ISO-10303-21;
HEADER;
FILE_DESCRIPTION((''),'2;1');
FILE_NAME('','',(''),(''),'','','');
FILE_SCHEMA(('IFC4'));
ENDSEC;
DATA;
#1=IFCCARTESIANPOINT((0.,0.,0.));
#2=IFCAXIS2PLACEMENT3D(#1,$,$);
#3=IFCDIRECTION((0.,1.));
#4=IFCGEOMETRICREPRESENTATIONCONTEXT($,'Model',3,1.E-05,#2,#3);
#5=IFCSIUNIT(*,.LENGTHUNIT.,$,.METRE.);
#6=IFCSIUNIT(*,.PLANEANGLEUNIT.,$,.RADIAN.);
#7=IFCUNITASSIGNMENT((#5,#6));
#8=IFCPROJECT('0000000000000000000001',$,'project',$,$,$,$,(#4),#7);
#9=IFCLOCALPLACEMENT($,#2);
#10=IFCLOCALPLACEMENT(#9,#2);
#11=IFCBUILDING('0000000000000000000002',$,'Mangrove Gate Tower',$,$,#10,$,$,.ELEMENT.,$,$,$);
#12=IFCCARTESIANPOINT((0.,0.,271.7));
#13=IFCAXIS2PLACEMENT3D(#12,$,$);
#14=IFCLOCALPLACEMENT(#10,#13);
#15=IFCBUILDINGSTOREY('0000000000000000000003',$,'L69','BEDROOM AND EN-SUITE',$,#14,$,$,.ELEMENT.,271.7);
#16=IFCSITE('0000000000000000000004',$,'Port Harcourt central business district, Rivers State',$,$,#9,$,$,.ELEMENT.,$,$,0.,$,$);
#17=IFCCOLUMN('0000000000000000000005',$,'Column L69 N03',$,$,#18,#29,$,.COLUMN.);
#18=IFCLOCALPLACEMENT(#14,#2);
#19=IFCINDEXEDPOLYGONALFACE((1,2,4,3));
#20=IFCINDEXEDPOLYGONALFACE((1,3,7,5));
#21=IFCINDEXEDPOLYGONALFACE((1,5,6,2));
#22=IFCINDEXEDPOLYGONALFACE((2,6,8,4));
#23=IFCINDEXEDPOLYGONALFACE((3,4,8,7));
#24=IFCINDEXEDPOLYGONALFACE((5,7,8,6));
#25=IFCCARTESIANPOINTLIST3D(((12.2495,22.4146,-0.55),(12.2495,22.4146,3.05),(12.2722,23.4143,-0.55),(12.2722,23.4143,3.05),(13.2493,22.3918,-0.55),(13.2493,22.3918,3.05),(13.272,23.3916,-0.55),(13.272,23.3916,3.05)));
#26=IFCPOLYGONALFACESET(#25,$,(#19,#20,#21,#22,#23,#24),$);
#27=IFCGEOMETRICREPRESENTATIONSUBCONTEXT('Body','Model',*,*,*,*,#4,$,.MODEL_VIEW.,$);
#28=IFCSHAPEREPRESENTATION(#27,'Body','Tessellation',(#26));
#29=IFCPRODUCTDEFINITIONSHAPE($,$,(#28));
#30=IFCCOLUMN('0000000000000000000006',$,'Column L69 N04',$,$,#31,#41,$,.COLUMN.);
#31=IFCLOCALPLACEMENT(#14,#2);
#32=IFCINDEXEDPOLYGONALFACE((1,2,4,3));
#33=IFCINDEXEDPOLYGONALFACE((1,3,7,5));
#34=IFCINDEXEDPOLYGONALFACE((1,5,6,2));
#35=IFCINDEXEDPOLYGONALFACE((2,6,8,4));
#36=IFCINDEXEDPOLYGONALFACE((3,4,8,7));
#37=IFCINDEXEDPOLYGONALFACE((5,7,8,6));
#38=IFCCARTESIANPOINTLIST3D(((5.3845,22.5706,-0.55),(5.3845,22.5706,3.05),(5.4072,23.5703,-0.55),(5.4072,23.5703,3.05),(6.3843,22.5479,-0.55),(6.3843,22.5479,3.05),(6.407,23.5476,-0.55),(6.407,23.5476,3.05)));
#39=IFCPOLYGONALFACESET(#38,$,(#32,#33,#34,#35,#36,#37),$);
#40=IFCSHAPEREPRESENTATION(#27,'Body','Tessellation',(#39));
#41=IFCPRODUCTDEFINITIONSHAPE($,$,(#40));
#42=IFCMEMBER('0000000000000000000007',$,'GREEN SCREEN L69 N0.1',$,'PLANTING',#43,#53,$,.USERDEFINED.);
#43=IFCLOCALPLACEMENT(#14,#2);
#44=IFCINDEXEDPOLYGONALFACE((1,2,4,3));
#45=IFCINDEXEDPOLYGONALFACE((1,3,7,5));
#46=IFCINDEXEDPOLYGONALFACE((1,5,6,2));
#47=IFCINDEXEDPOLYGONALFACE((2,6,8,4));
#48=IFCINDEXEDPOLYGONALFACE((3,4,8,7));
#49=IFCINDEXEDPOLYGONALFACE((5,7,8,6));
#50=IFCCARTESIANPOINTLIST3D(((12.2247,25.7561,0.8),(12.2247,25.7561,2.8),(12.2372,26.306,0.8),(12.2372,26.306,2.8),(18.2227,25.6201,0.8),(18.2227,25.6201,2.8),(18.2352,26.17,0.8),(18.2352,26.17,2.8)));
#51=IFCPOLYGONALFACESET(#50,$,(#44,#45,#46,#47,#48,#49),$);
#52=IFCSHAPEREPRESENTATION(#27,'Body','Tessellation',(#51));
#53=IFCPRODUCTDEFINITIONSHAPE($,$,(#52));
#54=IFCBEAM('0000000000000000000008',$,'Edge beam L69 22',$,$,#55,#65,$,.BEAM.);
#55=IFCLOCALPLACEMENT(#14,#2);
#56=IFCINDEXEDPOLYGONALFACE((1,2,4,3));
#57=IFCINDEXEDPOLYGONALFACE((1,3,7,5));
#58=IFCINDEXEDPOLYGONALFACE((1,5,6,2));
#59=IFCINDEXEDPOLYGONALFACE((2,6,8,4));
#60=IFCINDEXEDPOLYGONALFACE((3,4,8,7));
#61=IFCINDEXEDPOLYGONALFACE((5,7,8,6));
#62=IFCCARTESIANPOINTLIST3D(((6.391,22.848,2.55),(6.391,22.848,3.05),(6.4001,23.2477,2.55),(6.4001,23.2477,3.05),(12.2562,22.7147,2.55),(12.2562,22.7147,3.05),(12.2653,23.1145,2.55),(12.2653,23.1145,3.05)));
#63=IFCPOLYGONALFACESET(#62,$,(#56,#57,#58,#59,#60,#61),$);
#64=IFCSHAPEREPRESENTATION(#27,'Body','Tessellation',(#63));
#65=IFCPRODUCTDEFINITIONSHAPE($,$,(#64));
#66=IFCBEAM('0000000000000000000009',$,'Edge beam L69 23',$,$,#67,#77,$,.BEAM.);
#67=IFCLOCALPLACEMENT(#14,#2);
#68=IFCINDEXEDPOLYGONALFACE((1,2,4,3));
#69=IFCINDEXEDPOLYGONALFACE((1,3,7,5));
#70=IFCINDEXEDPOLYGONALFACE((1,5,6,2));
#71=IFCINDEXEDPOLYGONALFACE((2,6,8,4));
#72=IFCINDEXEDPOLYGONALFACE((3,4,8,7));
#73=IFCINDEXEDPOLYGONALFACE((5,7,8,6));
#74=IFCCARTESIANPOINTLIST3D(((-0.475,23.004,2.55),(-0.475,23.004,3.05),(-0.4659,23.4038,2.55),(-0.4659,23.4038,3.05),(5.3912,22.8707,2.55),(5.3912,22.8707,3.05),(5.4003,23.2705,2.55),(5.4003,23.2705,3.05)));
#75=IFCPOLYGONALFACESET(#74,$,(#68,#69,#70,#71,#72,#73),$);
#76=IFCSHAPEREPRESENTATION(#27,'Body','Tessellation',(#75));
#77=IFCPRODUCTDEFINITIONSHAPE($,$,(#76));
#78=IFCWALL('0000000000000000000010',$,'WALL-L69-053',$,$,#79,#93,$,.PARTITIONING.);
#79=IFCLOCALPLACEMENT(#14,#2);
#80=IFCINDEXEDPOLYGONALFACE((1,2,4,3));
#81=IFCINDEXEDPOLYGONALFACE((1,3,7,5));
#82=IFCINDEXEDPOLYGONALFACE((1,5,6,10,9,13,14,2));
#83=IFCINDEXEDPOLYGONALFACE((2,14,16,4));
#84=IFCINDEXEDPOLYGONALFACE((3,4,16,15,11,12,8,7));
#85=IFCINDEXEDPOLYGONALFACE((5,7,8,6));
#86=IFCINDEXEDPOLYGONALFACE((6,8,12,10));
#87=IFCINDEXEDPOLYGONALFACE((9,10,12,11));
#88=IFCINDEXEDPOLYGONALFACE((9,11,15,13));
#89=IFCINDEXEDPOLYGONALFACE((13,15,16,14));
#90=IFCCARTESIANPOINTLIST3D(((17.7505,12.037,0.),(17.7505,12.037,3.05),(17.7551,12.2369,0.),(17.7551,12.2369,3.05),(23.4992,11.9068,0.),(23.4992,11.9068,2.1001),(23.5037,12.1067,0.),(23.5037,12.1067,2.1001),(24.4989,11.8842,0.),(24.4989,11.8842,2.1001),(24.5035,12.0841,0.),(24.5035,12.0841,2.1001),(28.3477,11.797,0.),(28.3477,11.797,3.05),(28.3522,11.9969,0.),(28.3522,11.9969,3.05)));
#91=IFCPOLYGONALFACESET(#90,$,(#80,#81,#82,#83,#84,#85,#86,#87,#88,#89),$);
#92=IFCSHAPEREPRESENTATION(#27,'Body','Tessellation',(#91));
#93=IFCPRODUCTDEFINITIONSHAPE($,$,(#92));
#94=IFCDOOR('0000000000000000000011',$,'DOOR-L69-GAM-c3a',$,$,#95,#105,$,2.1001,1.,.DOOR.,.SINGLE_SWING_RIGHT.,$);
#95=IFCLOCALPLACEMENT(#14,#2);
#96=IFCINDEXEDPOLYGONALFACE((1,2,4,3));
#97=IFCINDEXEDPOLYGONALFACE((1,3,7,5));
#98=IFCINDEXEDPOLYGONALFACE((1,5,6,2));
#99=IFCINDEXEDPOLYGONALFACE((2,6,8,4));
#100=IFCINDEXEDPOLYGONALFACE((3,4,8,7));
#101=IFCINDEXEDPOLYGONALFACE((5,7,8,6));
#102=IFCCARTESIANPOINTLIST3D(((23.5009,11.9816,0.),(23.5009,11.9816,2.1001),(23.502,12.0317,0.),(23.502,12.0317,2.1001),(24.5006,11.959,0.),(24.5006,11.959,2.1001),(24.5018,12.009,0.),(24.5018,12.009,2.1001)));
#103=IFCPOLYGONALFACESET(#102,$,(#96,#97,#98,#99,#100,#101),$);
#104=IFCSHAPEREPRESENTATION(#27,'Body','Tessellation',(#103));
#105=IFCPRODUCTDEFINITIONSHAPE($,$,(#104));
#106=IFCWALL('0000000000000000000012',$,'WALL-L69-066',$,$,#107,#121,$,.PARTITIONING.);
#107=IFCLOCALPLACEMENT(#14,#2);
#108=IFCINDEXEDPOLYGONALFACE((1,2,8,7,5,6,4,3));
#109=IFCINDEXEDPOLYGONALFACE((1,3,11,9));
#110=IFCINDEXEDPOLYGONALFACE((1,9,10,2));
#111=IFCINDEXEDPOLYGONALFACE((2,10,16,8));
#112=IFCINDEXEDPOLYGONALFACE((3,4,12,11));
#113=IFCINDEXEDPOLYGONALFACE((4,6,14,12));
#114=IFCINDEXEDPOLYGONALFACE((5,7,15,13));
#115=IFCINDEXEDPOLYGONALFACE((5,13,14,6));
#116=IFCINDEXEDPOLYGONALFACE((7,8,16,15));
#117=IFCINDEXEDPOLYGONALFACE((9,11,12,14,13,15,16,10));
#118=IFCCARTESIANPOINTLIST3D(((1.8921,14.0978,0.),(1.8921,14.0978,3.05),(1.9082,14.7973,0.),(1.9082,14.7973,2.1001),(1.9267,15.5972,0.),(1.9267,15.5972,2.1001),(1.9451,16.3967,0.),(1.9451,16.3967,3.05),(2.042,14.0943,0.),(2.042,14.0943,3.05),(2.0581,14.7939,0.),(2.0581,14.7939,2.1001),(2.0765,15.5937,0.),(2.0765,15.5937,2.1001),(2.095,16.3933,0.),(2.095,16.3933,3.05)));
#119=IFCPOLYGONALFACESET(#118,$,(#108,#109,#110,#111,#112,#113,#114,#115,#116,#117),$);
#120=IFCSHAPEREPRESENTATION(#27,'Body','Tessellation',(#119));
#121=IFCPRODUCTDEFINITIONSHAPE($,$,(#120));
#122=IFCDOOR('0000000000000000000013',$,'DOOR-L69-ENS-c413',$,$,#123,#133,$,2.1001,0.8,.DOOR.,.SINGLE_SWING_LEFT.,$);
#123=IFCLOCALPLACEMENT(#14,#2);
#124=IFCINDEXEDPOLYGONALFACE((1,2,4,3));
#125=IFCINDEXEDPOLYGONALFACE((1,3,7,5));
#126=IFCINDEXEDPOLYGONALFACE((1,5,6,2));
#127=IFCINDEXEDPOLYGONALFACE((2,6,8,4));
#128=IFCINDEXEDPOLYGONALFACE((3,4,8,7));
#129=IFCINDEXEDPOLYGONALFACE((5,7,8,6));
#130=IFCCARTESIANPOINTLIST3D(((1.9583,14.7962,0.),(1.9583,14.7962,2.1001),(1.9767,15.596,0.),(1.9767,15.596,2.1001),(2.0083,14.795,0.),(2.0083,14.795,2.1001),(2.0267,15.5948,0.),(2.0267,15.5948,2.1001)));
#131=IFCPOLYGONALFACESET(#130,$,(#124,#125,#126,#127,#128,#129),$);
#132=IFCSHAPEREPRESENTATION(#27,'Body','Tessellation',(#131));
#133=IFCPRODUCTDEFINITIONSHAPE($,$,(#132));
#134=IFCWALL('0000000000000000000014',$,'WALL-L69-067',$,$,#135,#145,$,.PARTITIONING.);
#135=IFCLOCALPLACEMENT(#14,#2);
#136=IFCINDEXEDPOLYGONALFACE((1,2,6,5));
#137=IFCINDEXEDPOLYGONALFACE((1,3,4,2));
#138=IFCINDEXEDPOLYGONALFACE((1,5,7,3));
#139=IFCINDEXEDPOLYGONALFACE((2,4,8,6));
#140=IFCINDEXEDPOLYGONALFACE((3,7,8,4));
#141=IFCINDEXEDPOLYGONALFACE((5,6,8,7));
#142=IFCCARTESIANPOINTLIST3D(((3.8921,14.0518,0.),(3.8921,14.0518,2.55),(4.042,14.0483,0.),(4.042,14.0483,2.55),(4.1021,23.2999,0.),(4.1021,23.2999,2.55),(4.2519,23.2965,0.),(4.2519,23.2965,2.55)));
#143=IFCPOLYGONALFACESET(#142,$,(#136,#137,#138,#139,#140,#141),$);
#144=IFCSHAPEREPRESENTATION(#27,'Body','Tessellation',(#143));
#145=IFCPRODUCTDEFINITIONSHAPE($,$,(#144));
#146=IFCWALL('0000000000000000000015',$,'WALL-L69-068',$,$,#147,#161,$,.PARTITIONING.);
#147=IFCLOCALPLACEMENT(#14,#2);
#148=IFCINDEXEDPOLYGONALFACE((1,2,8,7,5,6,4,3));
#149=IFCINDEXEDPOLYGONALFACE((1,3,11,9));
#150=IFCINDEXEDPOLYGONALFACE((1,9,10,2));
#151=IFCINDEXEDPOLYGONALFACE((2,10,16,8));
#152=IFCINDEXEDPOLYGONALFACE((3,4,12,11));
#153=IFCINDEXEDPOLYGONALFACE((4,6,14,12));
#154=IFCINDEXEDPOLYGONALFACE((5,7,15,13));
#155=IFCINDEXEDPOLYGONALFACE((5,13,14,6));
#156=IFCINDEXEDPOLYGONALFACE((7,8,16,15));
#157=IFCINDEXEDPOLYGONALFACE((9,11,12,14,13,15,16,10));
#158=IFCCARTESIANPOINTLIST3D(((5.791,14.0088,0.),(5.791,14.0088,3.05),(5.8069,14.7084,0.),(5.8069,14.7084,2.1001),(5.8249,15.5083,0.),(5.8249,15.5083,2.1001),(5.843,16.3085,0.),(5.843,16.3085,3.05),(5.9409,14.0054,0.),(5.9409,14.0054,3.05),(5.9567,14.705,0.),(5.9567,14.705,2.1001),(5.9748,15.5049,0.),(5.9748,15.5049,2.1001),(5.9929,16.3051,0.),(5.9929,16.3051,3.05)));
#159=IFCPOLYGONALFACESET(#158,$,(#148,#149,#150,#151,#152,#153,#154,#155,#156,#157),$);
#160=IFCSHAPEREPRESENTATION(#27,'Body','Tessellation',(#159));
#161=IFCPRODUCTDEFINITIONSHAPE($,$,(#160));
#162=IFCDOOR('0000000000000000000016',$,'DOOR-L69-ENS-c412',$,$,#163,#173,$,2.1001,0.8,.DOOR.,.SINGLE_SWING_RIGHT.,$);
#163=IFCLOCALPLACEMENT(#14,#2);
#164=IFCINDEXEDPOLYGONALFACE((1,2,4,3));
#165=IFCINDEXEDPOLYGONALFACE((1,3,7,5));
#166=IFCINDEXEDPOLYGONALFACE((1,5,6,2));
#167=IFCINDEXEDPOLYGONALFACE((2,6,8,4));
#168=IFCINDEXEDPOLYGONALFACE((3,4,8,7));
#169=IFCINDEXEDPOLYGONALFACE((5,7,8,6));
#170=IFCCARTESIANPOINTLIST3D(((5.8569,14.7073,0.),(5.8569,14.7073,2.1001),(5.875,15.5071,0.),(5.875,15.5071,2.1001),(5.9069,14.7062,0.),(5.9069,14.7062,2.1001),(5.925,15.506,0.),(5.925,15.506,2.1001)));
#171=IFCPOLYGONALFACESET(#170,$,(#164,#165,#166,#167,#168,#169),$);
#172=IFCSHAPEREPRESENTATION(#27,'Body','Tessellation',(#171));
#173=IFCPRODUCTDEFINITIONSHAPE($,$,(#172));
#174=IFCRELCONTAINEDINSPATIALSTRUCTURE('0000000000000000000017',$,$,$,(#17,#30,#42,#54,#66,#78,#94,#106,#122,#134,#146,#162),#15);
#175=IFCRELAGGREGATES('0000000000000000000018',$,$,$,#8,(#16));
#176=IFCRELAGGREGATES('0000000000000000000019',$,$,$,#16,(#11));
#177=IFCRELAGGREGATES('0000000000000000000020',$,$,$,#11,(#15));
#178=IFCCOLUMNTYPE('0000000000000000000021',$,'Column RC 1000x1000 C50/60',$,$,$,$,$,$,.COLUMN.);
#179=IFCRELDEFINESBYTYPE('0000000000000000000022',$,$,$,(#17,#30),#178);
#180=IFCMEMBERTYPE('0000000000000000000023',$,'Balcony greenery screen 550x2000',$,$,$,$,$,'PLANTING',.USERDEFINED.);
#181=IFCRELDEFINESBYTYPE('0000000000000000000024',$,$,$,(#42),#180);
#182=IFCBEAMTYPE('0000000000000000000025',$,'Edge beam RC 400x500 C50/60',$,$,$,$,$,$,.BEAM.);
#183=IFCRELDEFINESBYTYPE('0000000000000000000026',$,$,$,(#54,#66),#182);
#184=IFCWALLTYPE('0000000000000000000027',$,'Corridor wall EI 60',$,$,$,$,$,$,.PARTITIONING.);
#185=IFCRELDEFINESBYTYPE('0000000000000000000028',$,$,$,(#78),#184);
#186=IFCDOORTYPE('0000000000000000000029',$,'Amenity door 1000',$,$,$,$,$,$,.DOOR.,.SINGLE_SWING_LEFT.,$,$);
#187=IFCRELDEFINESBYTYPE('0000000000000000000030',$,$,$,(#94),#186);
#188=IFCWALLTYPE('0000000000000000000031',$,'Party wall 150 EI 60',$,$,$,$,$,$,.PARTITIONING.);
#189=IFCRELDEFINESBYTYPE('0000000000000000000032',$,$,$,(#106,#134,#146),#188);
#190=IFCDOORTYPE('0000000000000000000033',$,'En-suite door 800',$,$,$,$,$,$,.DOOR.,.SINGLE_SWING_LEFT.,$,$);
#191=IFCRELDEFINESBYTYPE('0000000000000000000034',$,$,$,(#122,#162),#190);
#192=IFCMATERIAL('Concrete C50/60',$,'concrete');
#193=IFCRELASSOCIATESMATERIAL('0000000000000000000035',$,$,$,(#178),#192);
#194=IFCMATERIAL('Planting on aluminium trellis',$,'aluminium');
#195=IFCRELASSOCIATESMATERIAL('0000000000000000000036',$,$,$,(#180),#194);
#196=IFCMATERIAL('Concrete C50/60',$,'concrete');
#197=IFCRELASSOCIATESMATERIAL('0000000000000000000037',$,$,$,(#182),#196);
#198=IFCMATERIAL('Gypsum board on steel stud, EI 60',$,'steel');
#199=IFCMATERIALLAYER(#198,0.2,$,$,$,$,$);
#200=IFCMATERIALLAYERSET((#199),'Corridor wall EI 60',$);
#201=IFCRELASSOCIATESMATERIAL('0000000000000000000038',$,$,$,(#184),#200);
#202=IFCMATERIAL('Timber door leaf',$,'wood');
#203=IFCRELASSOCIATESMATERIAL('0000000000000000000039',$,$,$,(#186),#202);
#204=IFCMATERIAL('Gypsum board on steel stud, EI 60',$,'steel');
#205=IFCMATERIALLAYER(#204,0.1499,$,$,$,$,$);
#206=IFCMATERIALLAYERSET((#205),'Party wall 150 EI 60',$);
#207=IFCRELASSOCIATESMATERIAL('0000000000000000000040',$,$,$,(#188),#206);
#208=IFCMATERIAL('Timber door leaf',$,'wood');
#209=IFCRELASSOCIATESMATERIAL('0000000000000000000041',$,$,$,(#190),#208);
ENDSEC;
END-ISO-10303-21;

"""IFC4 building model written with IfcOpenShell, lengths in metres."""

from ifc_helpers import new_model, si_unit, direction, frame, frame_2d, origin, origin_2d, place, context, subcontext, project, spatial, rectangle, extrude, material, layer, layer_set, material_profile, profile_set, type_object, element, fill, save


model = new_model("IFC4")

# Units and contexts
model_context = context("Model", 3, precision=1e-05, world=origin(), true_north=direction((0.0, 1.0)))
body_context = subcontext(model_context, "Body", "Model", "MODEL_VIEW")
ifc_project = project(units=[si_unit("LENGTHUNIT", "METRE"), si_unit("PLANEANGLEUNIT", "RADIAN")], contexts=[model_context])

# Site, building, storey
site_placement = place(None, origin())
site = spatial("IfcSite", under=ifc_project, at=site_placement, Name="Port Harcourt central business district, Rivers State", CompositionType="ELEMENT", RefElevation=0.0)
building_placement = place(site_placement, origin())
building = spatial("IfcBuilding", under=site, at=building_placement, Name="Mangrove Gate Tower", CompositionType="ELEMENT")
storey_placement = place(building_placement, frame((0.0, 0.0, 271.7)))
storey = spatial("IfcBuildingStorey", under=building, at=storey_placement, Name="L69", Description="BEDROOM AND EN-SUITE", CompositionType="ELEMENT", Elevation=271.7)

# Columns
ifc_material_1 = material(Name="Concrete C50/60", Category="concrete")
ifc_material_profile_1 = material_profile(ifc_material_1, rectangle(XDim=1.0, YDim=1.0, at=origin_2d()))
ifc_profile_set_1 = profile_set([ifc_material_profile_1], Name="Concrete C50/60")
column_type = type_object("IfcColumnType", Name="Column RC 1000x1000 C50/60", PredefinedType="COLUMN", material=ifc_profile_set_1)
for number, where, z_axis, x_axis, name in (
    (1, (12.7607, 22.9031, -0.55), (0.0, 0.0, 1.0), (-0.999742, 0.022716, 0.0), "Column L69 N03"),
    (2, (5.8958, 23.0591, -0.55), (0.0, 0.0, 1.0), (-0.999742, 0.022716, 0.0), "Column L69 N04"),
):
    element("IfcColumn", number, at=place(storey_placement, frame(where, z_axis=z_axis, x_axis=x_axis)), inside=storey, type_object=column_type, Name=name, PredefinedType="COLUMN", context=body_context, shape_type="SweptSolid", body=[
        extrude(rectangle(XDim=1.0, YDim=1.0, at=origin_2d()), origin(), (0.0, 0.0, 1.0), 3.6001),
    ])

# Member
ifc_material_2 = material(Name="Planting on aluminium trellis", Category="aluminium")
ifc_material_profile_2 = material_profile(ifc_material_2, rectangle(XDim=0.55, YDim=2.0, at=origin_2d()))
ifc_profile_set_2 = profile_set([ifc_material_profile_2], Name="Planting on aluminium trellis")
member_type = type_object("IfcMemberType", Name="Balcony greenery screen 550x2000", ElementType="PLANTING", PredefinedType="USERDEFINED", material=ifc_profile_set_2)
member_placement = place(storey_placement, frame((12.231, 26.031, 1.8), z_axis=(0.999743, -0.022666, 0.0), x_axis=(0.022666, 0.999743, 0.0)))
element("IfcMember", 3, at=member_placement, inside=storey, type_object=member_type, Name="GREEN SCREEN L69 N0.1", ObjectType="PLANTING", PredefinedType="USERDEFINED", context=body_context, shape_type="SweptSolid", body=[
    extrude(rectangle(XDim=0.55, YDim=2.0, at=origin_2d()), origin(), (0.0, 0.0, 1.0), 5.9995),
])

# Beams
ifc_material_3 = material(Name="Concrete C50/60", Category="concrete")
ifc_material_profile_3 = material_profile(ifc_material_3, rectangle(XDim=0.3999, YDim=0.5, at=origin_2d()))
ifc_profile_set_3 = profile_set([ifc_material_profile_3], Name="Concrete C50/60")
beam_type = type_object("IfcBeamType", Name="Edge beam RC 400x500 C50/60", PredefinedType="BEAM", material=ifc_profile_set_3)
beam_1_placement = place(storey_placement, frame((12.2607, 22.9146, 2.8), z_axis=(-0.999742, 0.022721, 0.0), x_axis=(-0.022721, -0.999742, 0.0)))
element("IfcBeam", 4, at=beam_1_placement, inside=storey, type_object=beam_type, Name="Edge beam L69 22", PredefinedType="BEAM", context=body_context, shape_type="SweptSolid", body=[
    extrude(rectangle(XDim=0.3999, YDim=0.5, at=origin_2d()), origin(), (0.0, 0.0, 1.0), 5.8667),
])
beam_2_placement = place(storey_placement, frame((5.3958, 23.0706, 2.8), z_axis=(-0.999742, 0.022718, 0.0), x_axis=(-0.022718, -0.999742, 0.0)))
element("IfcBeam", 5, at=beam_2_placement, inside=storey, type_object=beam_type, Name="Edge beam L69 23", PredefinedType="BEAM", context=body_context, shape_type="SweptSolid", body=[
    extrude(rectangle(XDim=0.3999, YDim=0.5, at=origin_2d()), origin(), (0.0, 0.0, 1.0), 5.8677),
])

# Walls, openings, doors
ifc_material_4 = material(Name="Gypsum board on steel stud, EI 60", Category="steel")
ifc_layer_1 = layer(ifc_material_4, 0.2)
ifc_layer_set_1 = layer_set([ifc_layer_1], Name="Corridor wall EI 60")
wall_type_1 = type_object("IfcWallType", Name="Corridor wall EI 60", PredefinedType="PARTITIONING", material=ifc_layer_set_1)
wall_1_placement = place(storey_placement, frame((17.7529, 12.137, 0.0), z_axis=(0.0, 0.0, 1.0), x_axis=(0.999744, -0.022641, 0.0)))
wall_1 = element("IfcWall", 6, at=wall_1_placement, inside=storey, type_object=wall_type_1, Name="WALL-L69-053", PredefinedType="PARTITIONING", context=body_context, shape_type="SweptSolid", body=[
    extrude(rectangle(XDim=10.5999, YDim=0.2, at=frame_2d((5.2998, 0.0))), origin(), (0.0, 0.0, 1.0), 3.05),
])
opening_1_placement = place(wall_1_placement, frame((5.75, 0.0, 0.0)))
opening_1 = element("IfcOpeningElement", 7, at=opening_1_placement, cuts=wall_1, PredefinedType="OPENING", context=body_context, shape_type="SweptSolid", body=[
    extrude(rectangle(XDim=1.0, YDim=2.1001, at=frame_2d((0.5, 1.05))), frame((0.0, 0.1099, 0.0), z_axis=(0.0, -1.0, 0.0), x_axis=(1.0, 0.0, 0.0)), (0.0, 0.0, 1.0), 0.22),
])
ifc_material_5 = material(Name="Timber door leaf", Category="wood")
door_type_1 = type_object("IfcDoorType", Name="Amenity door 1000", OperationType="SINGLE_SWING_LEFT", PredefinedType="DOOR", material=ifc_material_5)
door_1_placement = place(opening_1_placement, origin())
door_1 = element("IfcDoor", 8, at=door_1_placement, inside=storey, type_object=door_type_1, Name="DOOR-L69-GAM-c3a", OperationType="SINGLE_SWING_RIGHT", OverallHeight=2.1001, OverallWidth=1.0, PredefinedType="DOOR", context=body_context, shape_type="SweptSolid", body=[
    extrude(rectangle(XDim=1.0, YDim=2.1001, at=frame_2d((0.5, 1.05))), frame((0.0, 0.0249, 0.0), z_axis=(0.0, -1.0, 0.0), x_axis=(1.0, 0.0, 0.0)), (0.0, 0.0, 1.0), 0.05),
])
fill(opening_1, door_1)
ifc_material_6 = material(Name="Gypsum board on steel stud, EI 60", Category="steel")
ifc_layer_2 = layer(ifc_material_6, 0.1499)
ifc_layer_set_2 = layer_set([ifc_layer_2], Name="Party wall 150 EI 60")
wall_type_2 = type_object("IfcWallType", Name="Party wall 150 EI 60", PredefinedType="PARTITIONING", material=ifc_layer_set_2)
wall_2_placement = place(storey_placement, frame((1.967, 14.0959, 0.0), z_axis=(0.0, 0.0, 1.0), x_axis=(0.023037, 0.999735, 0.0)))
wall_2 = element("IfcWall", 9, at=wall_2_placement, inside=storey, type_object=wall_type_2, Name="WALL-L69-066", PredefinedType="PARTITIONING", context=body_context, shape_type="SweptSolid", body=[
    extrude(rectangle(XDim=2.2996, YDim=0.1499, at=frame_2d((1.1499, 0.0))), origin(), (0.0, 0.0, 1.0), 3.05),
])
opening_2_placement = place(wall_2_placement, frame((0.7, 0.0, 0.0)))
opening_2 = element("IfcOpeningElement", 10, at=opening_2_placement, cuts=wall_2, PredefinedType="OPENING", context=body_context, shape_type="SweptSolid", body=[
    extrude(rectangle(XDim=0.8, YDim=2.1001, at=frame_2d((0.3999, 1.05))), frame((0.0, 0.085, 0.0), z_axis=(0.0, -1.0, 0.0), x_axis=(1.0, 0.0, 0.0)), (0.0, 0.0, 1.0), 0.1699),
])
ifc_material_7 = material(Name="Timber door leaf", Category="wood")
door_type_2 = type_object("IfcDoorType", Name="En-suite door 800", OperationType="SINGLE_SWING_LEFT", PredefinedType="DOOR", material=ifc_material_7)
door_2_placement = place(opening_2_placement, origin())
door_2 = element("IfcDoor", 11, at=door_2_placement, inside=storey, type_object=door_type_2, Name="DOOR-L69-ENS-c413", OperationType="SINGLE_SWING_LEFT", OverallHeight=2.1001, OverallWidth=0.8, PredefinedType="DOOR", context=body_context, shape_type="SweptSolid", body=[
    extrude(rectangle(XDim=0.8, YDim=2.1001, at=frame_2d((0.3999, 1.05))), frame((0.0, 0.0249, 0.0), z_axis=(0.0, -1.0, 0.0), x_axis=(1.0, 0.0, 0.0)), (0.0, 0.0, 1.0), 0.05),
])
fill(opening_2, door_2)

# Wall
wall_3_placement = place(storey_placement, frame((3.967, 14.05, 0.0), z_axis=(0.0, 0.0, 1.0), x_axis=(0.022697, 0.999742, 0.0)))
element("IfcWall", 12, at=wall_3_placement, inside=storey, type_object=wall_type_2, Name="WALL-L69-067", PredefinedType="PARTITIONING", context=body_context, shape_type="SweptSolid", body=[
    extrude(rectangle(XDim=9.2505, YDim=0.1499, at=frame_2d((4.6252, 0.0))), origin(), (0.0, 0.0, 1.0), 2.55),
])

# Wall, opening, door
wall_4_placement = place(storey_placement, frame((5.866, 14.0071, 0.0), z_axis=(0.0, 0.0, 1.0), x_axis=(0.022606, 0.999744, 0.0)))
wall_4 = element("IfcWall", 13, at=wall_4_placement, inside=storey, type_object=wall_type_2, Name="WALL-L69-068", PredefinedType="PARTITIONING", context=body_context, shape_type="SweptSolid", body=[
    extrude(rectangle(XDim=2.3003, YDim=0.1499, at=frame_2d((1.1501, 0.0))), origin(), (0.0, 0.0, 1.0), 3.05),
])
opening_3_placement = place(wall_4_placement, frame((0.7, 0.0, 0.0)))
opening_3 = element("IfcOpeningElement", 14, at=opening_3_placement, cuts=wall_4, PredefinedType="OPENING", context=body_context, shape_type="SweptSolid", body=[
    extrude(rectangle(XDim=0.8, YDim=2.1001, at=frame_2d((0.3999, 1.05))), frame((0.0, 0.085, 0.0), z_axis=(0.0, -1.0, 0.0), x_axis=(1.0, 0.0, 0.0)), (0.0, 0.0, 1.0), 0.1699),
])
door_3_placement = place(opening_3_placement, origin())
door_3 = element("IfcDoor", 15, at=door_3_placement, inside=storey, type_object=door_type_2, Name="DOOR-L69-ENS-c412", OperationType="SINGLE_SWING_RIGHT", OverallHeight=2.1001, OverallWidth=0.8, PredefinedType="DOOR", context=body_context, shape_type="SweptSolid", body=[
    extrude(rectangle(XDim=0.8, YDim=2.1001, at=frame_2d((0.3999, 1.05))), frame((0.0, 0.0249, 0.0), z_axis=(0.0, -1.0, 0.0), x_axis=(1.0, 0.0, 0.0)), (0.0, 0.0, 1.0), 0.05),
])
fill(opening_3, door_3)

save(model, "model.ifc")
